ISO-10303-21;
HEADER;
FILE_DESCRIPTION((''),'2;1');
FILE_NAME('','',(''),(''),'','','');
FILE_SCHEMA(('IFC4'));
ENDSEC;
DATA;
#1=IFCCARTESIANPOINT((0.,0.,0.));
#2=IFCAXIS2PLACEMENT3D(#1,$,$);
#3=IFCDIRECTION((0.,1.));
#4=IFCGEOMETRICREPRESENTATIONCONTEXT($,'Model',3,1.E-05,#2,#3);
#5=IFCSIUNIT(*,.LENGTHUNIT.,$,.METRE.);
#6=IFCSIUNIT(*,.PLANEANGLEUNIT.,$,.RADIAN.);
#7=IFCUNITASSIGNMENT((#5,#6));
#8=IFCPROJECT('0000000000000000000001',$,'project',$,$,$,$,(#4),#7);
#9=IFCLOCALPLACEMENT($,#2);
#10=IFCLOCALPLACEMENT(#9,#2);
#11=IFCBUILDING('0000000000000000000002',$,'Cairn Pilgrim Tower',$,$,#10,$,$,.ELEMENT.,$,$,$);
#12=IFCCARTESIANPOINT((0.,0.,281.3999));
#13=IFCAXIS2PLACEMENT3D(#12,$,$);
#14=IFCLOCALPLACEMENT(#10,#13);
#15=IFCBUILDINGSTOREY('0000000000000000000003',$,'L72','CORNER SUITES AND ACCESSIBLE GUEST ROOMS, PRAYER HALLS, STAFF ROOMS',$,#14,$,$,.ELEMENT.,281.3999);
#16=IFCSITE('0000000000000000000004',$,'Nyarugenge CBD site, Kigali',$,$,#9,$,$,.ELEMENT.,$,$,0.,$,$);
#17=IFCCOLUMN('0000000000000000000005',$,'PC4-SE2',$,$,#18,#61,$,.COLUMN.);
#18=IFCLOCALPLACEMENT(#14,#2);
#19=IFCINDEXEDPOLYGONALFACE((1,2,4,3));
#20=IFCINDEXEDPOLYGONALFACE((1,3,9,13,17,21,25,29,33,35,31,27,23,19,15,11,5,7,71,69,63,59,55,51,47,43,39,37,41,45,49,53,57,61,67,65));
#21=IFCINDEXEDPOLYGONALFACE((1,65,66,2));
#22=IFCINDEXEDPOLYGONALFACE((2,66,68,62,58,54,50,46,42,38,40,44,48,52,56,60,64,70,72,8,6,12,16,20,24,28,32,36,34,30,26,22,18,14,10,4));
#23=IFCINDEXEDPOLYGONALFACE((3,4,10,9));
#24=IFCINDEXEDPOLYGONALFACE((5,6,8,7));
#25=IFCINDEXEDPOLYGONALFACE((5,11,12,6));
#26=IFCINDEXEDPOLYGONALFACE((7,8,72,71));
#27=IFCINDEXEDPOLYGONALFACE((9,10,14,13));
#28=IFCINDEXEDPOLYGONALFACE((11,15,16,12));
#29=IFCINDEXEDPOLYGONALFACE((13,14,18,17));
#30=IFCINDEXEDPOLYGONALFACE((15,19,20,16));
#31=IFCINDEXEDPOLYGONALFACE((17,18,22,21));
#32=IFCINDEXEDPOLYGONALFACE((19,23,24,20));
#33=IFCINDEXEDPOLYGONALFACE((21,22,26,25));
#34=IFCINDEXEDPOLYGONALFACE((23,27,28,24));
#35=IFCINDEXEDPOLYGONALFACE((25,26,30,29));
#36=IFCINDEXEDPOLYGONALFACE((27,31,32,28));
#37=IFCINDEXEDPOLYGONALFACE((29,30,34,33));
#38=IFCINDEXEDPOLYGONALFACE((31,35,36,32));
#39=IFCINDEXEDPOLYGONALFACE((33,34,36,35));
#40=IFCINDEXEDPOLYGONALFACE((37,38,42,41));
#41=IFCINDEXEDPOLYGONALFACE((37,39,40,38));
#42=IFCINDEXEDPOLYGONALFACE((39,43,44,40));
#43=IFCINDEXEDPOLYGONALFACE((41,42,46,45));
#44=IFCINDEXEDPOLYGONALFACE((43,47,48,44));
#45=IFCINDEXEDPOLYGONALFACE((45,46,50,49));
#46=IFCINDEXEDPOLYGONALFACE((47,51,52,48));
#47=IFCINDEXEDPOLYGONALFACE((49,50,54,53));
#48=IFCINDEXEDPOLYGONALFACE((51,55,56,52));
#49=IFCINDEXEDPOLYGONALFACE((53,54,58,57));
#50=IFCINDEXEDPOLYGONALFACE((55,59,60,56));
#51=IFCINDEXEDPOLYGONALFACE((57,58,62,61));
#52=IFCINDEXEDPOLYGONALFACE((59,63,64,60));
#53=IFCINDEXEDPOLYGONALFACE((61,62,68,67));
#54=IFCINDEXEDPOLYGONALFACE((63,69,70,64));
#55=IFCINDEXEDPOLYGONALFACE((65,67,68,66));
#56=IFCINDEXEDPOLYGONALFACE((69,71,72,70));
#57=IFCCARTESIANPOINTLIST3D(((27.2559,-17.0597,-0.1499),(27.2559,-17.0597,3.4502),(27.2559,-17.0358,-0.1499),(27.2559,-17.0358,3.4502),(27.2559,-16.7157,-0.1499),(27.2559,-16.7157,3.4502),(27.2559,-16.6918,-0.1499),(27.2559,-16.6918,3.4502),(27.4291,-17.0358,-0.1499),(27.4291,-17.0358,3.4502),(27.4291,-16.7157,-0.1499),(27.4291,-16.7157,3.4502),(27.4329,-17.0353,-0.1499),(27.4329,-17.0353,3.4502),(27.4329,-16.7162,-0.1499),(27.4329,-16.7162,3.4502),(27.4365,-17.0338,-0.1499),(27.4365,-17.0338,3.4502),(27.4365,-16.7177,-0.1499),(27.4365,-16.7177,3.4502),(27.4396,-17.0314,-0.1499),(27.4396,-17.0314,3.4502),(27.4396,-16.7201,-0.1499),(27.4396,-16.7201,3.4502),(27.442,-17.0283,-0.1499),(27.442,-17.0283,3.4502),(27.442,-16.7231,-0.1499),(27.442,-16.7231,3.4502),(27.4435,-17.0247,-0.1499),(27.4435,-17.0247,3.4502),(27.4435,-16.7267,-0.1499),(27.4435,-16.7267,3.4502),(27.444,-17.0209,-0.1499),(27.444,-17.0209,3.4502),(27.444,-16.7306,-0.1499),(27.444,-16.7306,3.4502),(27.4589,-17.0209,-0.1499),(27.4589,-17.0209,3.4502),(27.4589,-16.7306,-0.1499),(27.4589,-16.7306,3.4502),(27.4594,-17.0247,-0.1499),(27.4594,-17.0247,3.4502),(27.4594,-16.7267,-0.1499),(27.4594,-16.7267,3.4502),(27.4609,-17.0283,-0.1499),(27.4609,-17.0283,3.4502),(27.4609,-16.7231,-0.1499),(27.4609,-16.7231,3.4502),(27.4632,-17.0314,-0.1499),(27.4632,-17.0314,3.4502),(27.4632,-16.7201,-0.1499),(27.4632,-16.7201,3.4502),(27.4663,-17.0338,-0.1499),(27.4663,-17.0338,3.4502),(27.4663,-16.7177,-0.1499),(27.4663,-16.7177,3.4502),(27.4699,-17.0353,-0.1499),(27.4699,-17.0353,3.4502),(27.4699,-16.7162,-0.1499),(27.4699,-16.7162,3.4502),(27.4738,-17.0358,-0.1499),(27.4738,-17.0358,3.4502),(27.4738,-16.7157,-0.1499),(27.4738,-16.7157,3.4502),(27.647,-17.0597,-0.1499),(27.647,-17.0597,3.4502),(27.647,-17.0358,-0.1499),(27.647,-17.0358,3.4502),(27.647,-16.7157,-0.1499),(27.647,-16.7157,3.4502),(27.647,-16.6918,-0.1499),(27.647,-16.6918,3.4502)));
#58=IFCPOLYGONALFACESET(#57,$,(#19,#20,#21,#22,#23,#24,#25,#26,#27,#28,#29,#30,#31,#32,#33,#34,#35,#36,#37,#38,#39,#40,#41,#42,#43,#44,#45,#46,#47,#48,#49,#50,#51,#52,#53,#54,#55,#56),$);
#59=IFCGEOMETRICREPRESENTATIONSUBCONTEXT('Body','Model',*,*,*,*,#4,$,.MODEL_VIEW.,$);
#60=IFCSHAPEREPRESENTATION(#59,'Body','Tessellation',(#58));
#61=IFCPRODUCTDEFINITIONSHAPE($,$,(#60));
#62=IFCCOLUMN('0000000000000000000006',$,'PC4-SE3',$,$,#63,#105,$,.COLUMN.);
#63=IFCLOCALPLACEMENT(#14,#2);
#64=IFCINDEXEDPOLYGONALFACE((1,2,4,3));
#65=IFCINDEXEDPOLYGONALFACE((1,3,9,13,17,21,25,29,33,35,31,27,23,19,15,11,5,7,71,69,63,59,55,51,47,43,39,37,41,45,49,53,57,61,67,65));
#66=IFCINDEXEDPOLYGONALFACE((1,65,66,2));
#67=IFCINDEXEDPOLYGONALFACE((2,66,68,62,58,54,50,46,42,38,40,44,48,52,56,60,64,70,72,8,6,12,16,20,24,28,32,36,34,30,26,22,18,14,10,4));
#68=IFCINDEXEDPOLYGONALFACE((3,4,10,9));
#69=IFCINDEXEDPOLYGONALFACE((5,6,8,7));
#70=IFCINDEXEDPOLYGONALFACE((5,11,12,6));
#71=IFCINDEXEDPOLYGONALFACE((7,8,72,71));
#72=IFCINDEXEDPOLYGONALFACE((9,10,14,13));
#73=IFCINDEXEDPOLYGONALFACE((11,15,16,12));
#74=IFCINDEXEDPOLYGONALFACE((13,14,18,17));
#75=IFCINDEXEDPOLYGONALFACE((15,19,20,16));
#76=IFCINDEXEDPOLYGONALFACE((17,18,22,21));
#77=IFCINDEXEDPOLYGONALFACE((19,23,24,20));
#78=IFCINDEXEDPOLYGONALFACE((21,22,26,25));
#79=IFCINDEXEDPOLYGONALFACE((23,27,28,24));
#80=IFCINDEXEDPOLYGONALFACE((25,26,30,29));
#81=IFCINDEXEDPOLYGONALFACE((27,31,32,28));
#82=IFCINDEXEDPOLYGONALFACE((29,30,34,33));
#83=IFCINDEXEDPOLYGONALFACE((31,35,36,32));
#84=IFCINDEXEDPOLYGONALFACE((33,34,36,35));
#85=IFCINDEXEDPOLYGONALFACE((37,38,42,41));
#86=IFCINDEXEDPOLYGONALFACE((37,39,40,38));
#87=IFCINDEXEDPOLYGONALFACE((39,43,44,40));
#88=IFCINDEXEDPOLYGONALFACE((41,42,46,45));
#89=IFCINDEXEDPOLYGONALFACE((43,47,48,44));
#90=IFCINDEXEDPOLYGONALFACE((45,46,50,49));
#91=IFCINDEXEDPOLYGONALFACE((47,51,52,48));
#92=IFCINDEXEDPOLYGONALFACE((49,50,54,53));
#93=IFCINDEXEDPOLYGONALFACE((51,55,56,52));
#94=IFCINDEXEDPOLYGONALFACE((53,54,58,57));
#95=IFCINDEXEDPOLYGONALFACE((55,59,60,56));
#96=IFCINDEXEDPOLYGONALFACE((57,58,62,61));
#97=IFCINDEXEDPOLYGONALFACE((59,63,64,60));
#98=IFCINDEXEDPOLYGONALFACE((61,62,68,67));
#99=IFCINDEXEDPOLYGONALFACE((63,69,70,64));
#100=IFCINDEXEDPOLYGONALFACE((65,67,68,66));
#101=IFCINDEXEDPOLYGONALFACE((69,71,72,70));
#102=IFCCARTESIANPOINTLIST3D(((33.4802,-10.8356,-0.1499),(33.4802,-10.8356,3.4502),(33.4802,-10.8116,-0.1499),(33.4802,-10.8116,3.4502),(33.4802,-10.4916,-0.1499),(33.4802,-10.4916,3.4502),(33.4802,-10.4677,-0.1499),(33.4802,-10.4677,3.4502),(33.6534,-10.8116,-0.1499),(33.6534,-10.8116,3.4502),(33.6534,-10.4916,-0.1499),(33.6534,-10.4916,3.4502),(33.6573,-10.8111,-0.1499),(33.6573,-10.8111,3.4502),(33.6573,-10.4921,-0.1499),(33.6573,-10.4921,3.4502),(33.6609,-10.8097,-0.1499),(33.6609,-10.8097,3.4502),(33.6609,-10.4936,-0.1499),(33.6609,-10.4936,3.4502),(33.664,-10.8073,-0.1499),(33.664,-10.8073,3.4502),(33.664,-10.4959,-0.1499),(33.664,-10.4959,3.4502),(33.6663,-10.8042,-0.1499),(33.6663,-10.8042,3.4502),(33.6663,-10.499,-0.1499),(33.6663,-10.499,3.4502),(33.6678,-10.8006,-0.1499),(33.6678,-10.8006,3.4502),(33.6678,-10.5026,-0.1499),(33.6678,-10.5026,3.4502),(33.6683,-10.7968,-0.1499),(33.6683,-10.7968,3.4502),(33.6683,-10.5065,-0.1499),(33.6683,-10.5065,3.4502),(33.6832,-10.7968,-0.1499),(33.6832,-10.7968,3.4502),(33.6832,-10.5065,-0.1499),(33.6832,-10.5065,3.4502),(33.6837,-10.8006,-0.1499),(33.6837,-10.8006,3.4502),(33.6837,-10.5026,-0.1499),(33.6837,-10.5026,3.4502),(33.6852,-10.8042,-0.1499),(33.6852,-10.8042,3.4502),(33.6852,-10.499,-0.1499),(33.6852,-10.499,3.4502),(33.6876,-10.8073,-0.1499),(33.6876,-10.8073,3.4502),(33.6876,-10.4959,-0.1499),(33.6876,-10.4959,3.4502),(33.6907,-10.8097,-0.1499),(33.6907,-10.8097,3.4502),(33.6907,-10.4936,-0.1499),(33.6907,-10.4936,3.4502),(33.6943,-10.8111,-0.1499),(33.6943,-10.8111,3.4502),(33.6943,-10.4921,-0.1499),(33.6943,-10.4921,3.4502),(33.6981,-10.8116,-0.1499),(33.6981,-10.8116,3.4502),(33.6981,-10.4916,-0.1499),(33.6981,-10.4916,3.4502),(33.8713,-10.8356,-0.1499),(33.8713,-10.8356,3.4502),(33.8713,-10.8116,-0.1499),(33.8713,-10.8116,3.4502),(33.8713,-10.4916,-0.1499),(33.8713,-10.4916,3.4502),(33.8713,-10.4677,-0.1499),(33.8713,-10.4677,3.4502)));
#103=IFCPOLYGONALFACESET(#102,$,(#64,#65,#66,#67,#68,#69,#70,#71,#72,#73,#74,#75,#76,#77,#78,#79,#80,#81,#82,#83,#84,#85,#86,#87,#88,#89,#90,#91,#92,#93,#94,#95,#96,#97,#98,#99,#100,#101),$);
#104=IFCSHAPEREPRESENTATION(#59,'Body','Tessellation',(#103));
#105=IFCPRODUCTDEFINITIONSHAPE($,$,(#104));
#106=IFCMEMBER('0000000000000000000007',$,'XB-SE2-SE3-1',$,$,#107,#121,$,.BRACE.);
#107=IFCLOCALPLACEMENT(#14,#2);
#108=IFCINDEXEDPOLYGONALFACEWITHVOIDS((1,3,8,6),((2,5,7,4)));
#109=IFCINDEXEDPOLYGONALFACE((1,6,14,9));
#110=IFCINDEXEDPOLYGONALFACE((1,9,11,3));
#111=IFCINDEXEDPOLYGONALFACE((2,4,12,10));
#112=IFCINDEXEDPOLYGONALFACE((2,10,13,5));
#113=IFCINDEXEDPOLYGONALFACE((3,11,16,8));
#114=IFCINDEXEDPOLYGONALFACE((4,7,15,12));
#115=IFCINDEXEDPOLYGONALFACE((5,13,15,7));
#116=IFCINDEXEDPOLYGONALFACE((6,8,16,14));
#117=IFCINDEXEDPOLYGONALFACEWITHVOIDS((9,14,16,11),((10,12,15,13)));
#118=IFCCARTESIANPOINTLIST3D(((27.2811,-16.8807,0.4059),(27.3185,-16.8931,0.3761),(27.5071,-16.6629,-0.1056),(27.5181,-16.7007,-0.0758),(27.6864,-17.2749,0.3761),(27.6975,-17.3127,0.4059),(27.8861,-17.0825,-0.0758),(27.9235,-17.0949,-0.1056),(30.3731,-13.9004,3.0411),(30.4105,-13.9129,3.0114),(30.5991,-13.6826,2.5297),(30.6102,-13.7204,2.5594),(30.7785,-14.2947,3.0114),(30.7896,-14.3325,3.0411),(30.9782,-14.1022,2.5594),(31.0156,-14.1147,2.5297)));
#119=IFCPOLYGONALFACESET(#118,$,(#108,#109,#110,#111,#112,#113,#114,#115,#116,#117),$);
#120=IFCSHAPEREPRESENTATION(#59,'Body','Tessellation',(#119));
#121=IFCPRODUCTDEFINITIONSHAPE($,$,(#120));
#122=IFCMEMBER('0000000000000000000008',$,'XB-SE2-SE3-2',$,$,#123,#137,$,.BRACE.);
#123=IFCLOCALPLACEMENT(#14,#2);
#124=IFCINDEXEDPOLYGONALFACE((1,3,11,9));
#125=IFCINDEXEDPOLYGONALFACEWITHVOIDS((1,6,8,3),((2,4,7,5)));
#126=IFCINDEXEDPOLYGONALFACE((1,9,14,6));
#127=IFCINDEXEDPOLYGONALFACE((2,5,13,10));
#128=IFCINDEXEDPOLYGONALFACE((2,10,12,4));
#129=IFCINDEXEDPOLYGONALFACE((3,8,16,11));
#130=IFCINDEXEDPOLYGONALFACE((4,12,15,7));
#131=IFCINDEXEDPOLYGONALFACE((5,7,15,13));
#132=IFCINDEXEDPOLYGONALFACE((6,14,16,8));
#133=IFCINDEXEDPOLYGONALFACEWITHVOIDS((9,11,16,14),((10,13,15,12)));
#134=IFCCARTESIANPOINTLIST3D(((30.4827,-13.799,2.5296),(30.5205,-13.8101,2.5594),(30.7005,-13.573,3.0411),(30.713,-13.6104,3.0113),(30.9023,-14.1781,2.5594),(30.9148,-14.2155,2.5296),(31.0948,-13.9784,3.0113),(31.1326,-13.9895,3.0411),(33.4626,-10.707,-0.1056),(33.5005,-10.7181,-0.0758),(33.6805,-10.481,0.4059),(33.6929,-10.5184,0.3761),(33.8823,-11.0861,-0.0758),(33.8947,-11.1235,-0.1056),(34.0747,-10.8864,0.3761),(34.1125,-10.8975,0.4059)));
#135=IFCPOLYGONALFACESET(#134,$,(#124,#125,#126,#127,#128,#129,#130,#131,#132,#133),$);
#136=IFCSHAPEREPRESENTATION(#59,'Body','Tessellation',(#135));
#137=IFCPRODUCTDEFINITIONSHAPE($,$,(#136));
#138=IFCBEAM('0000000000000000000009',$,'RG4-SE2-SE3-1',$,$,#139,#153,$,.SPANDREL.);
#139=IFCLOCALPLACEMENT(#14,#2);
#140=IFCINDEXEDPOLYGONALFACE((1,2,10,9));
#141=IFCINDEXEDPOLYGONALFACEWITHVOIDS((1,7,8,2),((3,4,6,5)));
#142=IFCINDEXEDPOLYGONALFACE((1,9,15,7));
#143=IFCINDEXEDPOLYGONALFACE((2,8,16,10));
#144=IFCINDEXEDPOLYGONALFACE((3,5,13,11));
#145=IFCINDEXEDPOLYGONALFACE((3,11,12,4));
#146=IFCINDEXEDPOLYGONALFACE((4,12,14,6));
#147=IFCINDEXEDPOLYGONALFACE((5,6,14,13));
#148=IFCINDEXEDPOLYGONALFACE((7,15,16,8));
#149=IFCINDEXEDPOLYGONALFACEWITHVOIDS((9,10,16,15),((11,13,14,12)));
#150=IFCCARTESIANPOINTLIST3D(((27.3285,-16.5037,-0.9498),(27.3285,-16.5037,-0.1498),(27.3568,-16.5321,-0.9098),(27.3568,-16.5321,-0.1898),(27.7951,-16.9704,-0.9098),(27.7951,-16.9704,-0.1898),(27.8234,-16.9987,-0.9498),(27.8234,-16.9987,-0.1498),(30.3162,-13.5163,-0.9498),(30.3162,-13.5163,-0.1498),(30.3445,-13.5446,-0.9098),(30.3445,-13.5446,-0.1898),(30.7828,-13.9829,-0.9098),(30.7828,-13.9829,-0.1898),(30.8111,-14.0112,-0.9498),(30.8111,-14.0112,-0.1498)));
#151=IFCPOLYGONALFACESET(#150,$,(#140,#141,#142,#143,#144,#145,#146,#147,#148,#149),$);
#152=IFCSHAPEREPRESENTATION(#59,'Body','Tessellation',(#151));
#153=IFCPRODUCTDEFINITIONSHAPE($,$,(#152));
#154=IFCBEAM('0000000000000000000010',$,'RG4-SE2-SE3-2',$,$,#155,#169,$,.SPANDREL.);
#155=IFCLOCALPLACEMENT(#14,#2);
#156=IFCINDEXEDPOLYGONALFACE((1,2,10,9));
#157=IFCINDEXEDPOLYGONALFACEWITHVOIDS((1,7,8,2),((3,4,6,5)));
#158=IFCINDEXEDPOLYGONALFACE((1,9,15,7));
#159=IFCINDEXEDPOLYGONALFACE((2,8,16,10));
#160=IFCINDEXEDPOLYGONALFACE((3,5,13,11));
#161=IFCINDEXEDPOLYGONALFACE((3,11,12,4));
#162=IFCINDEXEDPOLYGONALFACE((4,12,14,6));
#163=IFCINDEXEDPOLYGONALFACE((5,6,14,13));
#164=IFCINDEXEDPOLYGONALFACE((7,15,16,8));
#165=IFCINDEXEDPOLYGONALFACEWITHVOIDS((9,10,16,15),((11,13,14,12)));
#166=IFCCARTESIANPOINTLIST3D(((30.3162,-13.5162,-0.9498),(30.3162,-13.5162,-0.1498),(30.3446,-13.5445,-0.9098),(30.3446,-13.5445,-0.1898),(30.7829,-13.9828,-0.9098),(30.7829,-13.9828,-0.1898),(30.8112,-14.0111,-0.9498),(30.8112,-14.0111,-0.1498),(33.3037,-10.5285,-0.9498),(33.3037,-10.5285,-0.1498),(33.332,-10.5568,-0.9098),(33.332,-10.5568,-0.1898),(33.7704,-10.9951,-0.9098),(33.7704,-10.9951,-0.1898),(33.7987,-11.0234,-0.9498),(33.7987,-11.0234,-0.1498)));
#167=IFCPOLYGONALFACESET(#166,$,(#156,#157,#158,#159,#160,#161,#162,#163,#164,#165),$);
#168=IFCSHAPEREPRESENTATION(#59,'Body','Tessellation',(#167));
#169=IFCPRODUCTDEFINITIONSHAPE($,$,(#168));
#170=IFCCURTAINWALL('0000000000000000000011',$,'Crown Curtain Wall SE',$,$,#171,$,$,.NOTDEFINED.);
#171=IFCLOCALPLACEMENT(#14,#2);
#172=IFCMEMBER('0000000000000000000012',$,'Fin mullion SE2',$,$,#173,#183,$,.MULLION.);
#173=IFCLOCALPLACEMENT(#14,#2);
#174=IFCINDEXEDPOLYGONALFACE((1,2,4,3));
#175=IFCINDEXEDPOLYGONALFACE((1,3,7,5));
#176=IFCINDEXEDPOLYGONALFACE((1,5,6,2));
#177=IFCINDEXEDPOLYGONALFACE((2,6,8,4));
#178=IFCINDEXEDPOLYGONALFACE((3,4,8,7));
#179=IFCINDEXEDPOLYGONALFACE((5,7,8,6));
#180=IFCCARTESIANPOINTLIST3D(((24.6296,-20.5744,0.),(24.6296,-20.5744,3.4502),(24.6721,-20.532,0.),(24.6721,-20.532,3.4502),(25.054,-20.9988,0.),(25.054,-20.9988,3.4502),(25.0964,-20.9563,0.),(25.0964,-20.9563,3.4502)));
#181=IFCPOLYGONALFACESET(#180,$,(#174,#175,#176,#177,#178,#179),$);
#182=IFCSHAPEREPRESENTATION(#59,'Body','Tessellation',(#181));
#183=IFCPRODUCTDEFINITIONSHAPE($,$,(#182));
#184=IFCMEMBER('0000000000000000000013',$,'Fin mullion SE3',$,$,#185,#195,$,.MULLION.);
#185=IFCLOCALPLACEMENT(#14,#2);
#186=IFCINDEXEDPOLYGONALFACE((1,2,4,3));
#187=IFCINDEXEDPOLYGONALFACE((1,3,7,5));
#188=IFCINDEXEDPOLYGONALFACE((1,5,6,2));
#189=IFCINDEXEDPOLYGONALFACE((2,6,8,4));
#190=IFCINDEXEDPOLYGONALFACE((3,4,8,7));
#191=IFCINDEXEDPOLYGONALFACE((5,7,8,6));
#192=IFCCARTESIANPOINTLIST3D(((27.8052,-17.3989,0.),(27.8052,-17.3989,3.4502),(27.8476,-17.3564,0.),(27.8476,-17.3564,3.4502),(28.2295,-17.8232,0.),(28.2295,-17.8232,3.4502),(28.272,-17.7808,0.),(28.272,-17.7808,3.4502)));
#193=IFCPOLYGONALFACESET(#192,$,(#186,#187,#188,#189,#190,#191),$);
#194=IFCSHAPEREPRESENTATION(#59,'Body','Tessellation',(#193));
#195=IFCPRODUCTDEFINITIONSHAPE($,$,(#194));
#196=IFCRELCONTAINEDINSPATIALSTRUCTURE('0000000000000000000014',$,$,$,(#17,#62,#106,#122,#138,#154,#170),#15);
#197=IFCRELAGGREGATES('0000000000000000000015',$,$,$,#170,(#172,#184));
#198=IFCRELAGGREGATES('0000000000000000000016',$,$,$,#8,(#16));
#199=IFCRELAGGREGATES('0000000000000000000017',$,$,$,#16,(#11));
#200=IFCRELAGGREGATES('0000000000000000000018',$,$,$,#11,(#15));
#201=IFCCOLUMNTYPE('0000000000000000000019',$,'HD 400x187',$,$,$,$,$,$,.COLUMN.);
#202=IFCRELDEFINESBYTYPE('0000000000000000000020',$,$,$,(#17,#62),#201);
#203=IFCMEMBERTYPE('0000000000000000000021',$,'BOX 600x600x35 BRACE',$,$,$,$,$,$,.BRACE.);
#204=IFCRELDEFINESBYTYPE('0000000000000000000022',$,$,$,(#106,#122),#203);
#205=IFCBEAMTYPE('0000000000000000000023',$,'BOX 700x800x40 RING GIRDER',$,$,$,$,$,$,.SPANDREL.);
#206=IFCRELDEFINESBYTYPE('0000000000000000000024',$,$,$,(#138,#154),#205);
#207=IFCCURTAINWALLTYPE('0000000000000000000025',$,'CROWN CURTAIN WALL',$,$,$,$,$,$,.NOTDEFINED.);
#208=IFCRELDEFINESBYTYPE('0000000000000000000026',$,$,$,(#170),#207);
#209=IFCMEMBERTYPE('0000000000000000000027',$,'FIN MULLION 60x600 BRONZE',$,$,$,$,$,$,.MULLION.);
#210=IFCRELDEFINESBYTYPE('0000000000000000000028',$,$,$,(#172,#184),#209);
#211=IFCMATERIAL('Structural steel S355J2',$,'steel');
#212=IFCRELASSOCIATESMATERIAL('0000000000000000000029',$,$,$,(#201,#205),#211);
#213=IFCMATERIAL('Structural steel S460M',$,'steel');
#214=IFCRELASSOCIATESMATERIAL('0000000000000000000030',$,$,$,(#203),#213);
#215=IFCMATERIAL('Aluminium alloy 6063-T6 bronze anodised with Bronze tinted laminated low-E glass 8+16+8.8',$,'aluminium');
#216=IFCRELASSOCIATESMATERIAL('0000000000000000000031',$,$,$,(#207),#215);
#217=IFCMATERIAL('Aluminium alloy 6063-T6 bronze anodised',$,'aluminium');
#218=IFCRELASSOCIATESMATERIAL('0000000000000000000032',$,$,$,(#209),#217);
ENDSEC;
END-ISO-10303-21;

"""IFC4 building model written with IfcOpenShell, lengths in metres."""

from ifc_helpers import new_model, si_unit, direction, frame, origin, origin_2d, place, context, subcontext, project, spatial, rectangle, hollow_rectangle, i_section, extrude, material, material_profile, profile_set, type_object, element, aggregate, save


model = new_model("IFC4")

# Units and contexts
model_context = context("Model", 3, precision=1e-05, world=origin(), true_north=direction((0.0, 1.0)))
body_context = subcontext(model_context, "Body", "Model", "MODEL_VIEW")
ifc_project = project(units=[si_unit("LENGTHUNIT", "METRE"), si_unit("PLANEANGLEUNIT", "RADIAN")], contexts=[model_context])

# Site, building, storey
site_placement = place(None, origin())
site = spatial("IfcSite", under=ifc_project, at=site_placement, Name="Nyarugenge CBD site, Kigali", CompositionType="ELEMENT", RefElevation=0.0)
building_placement = place(site_placement, origin())
building = spatial("IfcBuilding", under=site, at=building_placement, Name="Cairn Pilgrim Tower", CompositionType="ELEMENT")
storey_placement = place(building_placement, frame((0.0, 0.0, 281.3999)))
storey = spatial("IfcBuildingStorey", under=building, at=storey_placement, Name="L72", Description="CORNER SUITES AND ACCESSIBLE GUEST ROOMS, PRAYER HALLS, STAFF ROOMS", CompositionType="ELEMENT", Elevation=281.3999)

# Columns
ifc_material_1 = material(Name="Structural steel S355J2", Category="steel")
ifc_material_profile_1 = material_profile(ifc_material_1, i_section(OverallWidth=0.3911, OverallDepth=0.3679, WebThickness=0.0149, FlangeThickness=0.0239, FilletRadius=0.0149, at=origin_2d()), Name="HD 400x187")
ifc_profile_set_1 = profile_set([ifc_material_profile_1], Name="Structural steel S355J2")
column_type = type_object("IfcColumnType", Name="HD 400x187", PredefinedType="COLUMN", material=ifc_profile_set_1)
for number, where, z_axis, x_axis, name in (
    (1, (27.4514, -16.8757, -0.1499), (0.0, 0.0, 1.0), (1.0, 0.0, 0.0), "PC4-SE2"),
    (2, (33.6758, -10.6516, -0.1499), (0.0, 0.0, 1.0), (1.0, 0.0, 0.0), "PC4-SE3"),
):
    element("IfcColumn", number, at=place(storey_placement, frame(where, z_axis=z_axis, x_axis=x_axis)), inside=storey, type_object=column_type, Name=name, PredefinedType="COLUMN", context=body_context, shape_type="SweptSolid", body=[
        extrude(i_section(OverallWidth=0.3911, OverallDepth=0.3679, WebThickness=0.0149, FlangeThickness=0.0239, FilletRadius=0.0149, at=origin_2d()), origin(), (0.0, 0.0, 1.0), 3.6001),
    ])

# Members
ifc_material_2 = material(Name="Structural steel S460M", Category="steel")
ifc_material_profile_2 = material_profile(ifc_material_2, hollow_rectangle(XDim=0.6001, YDim=0.6001, WallThickness=0.0349, at=origin_2d()), Name="BOX 600x600x35")
ifc_profile_set_2 = profile_set([ifc_material_profile_2], Name="Structural steel S460M")
member_type_1 = type_object("IfcMemberType", Name="BOX 600x600x35 BRACE", PredefinedType="BRACE", material=ifc_profile_set_2)
member_1_placement = place(storey_placement, frame((27.6023, -16.9878, 0.1501), z_axis=(0.613676, 0.591484, 0.523018), x_axis=(-0.693968, 0.720006, 0.0)))
element("IfcMember", 3, at=member_1_placement, inside=storey, type_object=member_type_1, Name="XB-SE2-SE3-1", PredefinedType="BRACE", context=body_context, shape_type="SweptSolid", body=[
    extrude(hollow_rectangle(XDim=0.6001, YDim=0.6001, WallThickness=0.0349, at=origin_2d()), origin(), (0.0, 0.0, 1.0), 5.0386),
])
member_2_placement = place(storey_placement, frame((33.7876, -10.8022, 0.1501), z_axis=(-0.591453, -0.613694, 0.523033), x_axis=(0.720034, -0.693939, 0.0)))
element("IfcMember", 4, at=member_2_placement, inside=storey, type_object=member_type_1, Name="XB-SE2-SE3-2", PredefinedType="BRACE", context=body_context, shape_type="SweptSolid", body=[
    extrude(hollow_rectangle(XDim=0.6001, YDim=0.6001, WallThickness=0.0349, at=origin_2d()), origin(), (0.0, 0.0, 1.0), 5.0383),
])

# Beams
ifc_material_profile_3 = material_profile(ifc_material_1, hollow_rectangle(XDim=0.7, YDim=0.8, WallThickness=0.04, at=origin_2d()), Name="BOX 700x800x40")
ifc_profile_set_3 = profile_set([ifc_material_profile_3], Name="Structural steel S355J2")
beam_type_1 = type_object("IfcBeamType", Name="BOX 700x800x40 RING GIRDER", PredefinedType="SPANDREL", material=ifc_profile_set_3)
for number, where, z_axis, x_axis, name in (
    (5, (27.5759, -16.7512, -0.5498), (0.707136, 0.707078, 0.0), (-0.707078, 0.707136, 0.0), "RG4-SE2-SE3-1"),
    (6, (30.5637, -13.7637, -0.5498), (0.707078, 0.707136, 0.0), (-0.707136, 0.707078, 0.0), "RG4-SE2-SE3-2"),
):
    element("IfcBeam", number, at=place(storey_placement, frame(where, z_axis=z_axis, x_axis=x_axis)), inside=storey, type_object=beam_type_1, Name=name, PredefinedType="SPANDREL", context=body_context, shape_type="SweptSolid", body=[
        extrude(hollow_rectangle(XDim=0.7, YDim=0.8, WallThickness=0.04, at=origin_2d()), origin(), (0.0, 0.0, 1.0), 4.2251),
    ])

# Curtain wall, members
ifc_material_3 = material(Name="Aluminium alloy 6063-T6 bronze anodised with Bronze tinted laminated low-E glass 8+16+8.8", Category="aluminium")
curtain_wall_type = type_object("IfcCurtainWallType", Name="CROWN CURTAIN WALL", PredefinedType="NOTDEFINED", material=ifc_material_3)
curtain_wall_placement = place(storey_placement, origin())
curtain_wall = element("IfcCurtainWall", 7, at=curtain_wall_placement, inside=storey, type_object=curtain_wall_type, Name="Crown Curtain Wall SE", PredefinedType="NOTDEFINED")
ifc_material_4 = material(Name="Aluminium alloy 6063-T6 bronze anodised", Category="aluminium")
ifc_material_profile_4 = material_profile(ifc_material_4, rectangle(XDim=0.6001, YDim=0.0601, at=origin_2d()), Name="FIN MULLION 60x600 BRONZE")
ifc_profile_set_4 = profile_set([ifc_material_profile_4], Name="Aluminium alloy 6063-T6 bronze anodised")
member_type_2 = type_object("IfcMemberType", Name="FIN MULLION 60x600 BRONZE", PredefinedType="MULLION", material=ifc_profile_set_4)
member_3_placement = place(storey_placement, frame((24.863, -20.7654, 0.0), z_axis=(0.0, 0.0, 1.0), x_axis=(0.707107, -0.707107, 0.0)))
member_3 = element("IfcMember", 8, at=member_3_placement, type_object=member_type_2, Name="Fin mullion SE2", PredefinedType="MULLION", context=body_context, shape_type="SweptSolid", body=[
    extrude(rectangle(XDim=0.6001, YDim=0.0601, at=origin_2d()), origin(), (0.0, 0.0, 1.0), 3.4502),
])
member_4_placement = place(storey_placement, frame((28.0386, -17.5898, 0.0), z_axis=(0.0, 0.0, 1.0), x_axis=(0.707107, -0.707107, 0.0)))
member_4 = element("IfcMember", 9, at=member_4_placement, type_object=member_type_2, Name="Fin mullion SE3", PredefinedType="MULLION", context=body_context, shape_type="SweptSolid", body=[
    extrude(rectangle(XDim=0.6001, YDim=0.0601, at=origin_2d()), origin(), (0.0, 0.0, 1.0), 3.4502),
])

aggregate(curtain_wall, [member_3, member_4])

save(model, "model.ifc")
